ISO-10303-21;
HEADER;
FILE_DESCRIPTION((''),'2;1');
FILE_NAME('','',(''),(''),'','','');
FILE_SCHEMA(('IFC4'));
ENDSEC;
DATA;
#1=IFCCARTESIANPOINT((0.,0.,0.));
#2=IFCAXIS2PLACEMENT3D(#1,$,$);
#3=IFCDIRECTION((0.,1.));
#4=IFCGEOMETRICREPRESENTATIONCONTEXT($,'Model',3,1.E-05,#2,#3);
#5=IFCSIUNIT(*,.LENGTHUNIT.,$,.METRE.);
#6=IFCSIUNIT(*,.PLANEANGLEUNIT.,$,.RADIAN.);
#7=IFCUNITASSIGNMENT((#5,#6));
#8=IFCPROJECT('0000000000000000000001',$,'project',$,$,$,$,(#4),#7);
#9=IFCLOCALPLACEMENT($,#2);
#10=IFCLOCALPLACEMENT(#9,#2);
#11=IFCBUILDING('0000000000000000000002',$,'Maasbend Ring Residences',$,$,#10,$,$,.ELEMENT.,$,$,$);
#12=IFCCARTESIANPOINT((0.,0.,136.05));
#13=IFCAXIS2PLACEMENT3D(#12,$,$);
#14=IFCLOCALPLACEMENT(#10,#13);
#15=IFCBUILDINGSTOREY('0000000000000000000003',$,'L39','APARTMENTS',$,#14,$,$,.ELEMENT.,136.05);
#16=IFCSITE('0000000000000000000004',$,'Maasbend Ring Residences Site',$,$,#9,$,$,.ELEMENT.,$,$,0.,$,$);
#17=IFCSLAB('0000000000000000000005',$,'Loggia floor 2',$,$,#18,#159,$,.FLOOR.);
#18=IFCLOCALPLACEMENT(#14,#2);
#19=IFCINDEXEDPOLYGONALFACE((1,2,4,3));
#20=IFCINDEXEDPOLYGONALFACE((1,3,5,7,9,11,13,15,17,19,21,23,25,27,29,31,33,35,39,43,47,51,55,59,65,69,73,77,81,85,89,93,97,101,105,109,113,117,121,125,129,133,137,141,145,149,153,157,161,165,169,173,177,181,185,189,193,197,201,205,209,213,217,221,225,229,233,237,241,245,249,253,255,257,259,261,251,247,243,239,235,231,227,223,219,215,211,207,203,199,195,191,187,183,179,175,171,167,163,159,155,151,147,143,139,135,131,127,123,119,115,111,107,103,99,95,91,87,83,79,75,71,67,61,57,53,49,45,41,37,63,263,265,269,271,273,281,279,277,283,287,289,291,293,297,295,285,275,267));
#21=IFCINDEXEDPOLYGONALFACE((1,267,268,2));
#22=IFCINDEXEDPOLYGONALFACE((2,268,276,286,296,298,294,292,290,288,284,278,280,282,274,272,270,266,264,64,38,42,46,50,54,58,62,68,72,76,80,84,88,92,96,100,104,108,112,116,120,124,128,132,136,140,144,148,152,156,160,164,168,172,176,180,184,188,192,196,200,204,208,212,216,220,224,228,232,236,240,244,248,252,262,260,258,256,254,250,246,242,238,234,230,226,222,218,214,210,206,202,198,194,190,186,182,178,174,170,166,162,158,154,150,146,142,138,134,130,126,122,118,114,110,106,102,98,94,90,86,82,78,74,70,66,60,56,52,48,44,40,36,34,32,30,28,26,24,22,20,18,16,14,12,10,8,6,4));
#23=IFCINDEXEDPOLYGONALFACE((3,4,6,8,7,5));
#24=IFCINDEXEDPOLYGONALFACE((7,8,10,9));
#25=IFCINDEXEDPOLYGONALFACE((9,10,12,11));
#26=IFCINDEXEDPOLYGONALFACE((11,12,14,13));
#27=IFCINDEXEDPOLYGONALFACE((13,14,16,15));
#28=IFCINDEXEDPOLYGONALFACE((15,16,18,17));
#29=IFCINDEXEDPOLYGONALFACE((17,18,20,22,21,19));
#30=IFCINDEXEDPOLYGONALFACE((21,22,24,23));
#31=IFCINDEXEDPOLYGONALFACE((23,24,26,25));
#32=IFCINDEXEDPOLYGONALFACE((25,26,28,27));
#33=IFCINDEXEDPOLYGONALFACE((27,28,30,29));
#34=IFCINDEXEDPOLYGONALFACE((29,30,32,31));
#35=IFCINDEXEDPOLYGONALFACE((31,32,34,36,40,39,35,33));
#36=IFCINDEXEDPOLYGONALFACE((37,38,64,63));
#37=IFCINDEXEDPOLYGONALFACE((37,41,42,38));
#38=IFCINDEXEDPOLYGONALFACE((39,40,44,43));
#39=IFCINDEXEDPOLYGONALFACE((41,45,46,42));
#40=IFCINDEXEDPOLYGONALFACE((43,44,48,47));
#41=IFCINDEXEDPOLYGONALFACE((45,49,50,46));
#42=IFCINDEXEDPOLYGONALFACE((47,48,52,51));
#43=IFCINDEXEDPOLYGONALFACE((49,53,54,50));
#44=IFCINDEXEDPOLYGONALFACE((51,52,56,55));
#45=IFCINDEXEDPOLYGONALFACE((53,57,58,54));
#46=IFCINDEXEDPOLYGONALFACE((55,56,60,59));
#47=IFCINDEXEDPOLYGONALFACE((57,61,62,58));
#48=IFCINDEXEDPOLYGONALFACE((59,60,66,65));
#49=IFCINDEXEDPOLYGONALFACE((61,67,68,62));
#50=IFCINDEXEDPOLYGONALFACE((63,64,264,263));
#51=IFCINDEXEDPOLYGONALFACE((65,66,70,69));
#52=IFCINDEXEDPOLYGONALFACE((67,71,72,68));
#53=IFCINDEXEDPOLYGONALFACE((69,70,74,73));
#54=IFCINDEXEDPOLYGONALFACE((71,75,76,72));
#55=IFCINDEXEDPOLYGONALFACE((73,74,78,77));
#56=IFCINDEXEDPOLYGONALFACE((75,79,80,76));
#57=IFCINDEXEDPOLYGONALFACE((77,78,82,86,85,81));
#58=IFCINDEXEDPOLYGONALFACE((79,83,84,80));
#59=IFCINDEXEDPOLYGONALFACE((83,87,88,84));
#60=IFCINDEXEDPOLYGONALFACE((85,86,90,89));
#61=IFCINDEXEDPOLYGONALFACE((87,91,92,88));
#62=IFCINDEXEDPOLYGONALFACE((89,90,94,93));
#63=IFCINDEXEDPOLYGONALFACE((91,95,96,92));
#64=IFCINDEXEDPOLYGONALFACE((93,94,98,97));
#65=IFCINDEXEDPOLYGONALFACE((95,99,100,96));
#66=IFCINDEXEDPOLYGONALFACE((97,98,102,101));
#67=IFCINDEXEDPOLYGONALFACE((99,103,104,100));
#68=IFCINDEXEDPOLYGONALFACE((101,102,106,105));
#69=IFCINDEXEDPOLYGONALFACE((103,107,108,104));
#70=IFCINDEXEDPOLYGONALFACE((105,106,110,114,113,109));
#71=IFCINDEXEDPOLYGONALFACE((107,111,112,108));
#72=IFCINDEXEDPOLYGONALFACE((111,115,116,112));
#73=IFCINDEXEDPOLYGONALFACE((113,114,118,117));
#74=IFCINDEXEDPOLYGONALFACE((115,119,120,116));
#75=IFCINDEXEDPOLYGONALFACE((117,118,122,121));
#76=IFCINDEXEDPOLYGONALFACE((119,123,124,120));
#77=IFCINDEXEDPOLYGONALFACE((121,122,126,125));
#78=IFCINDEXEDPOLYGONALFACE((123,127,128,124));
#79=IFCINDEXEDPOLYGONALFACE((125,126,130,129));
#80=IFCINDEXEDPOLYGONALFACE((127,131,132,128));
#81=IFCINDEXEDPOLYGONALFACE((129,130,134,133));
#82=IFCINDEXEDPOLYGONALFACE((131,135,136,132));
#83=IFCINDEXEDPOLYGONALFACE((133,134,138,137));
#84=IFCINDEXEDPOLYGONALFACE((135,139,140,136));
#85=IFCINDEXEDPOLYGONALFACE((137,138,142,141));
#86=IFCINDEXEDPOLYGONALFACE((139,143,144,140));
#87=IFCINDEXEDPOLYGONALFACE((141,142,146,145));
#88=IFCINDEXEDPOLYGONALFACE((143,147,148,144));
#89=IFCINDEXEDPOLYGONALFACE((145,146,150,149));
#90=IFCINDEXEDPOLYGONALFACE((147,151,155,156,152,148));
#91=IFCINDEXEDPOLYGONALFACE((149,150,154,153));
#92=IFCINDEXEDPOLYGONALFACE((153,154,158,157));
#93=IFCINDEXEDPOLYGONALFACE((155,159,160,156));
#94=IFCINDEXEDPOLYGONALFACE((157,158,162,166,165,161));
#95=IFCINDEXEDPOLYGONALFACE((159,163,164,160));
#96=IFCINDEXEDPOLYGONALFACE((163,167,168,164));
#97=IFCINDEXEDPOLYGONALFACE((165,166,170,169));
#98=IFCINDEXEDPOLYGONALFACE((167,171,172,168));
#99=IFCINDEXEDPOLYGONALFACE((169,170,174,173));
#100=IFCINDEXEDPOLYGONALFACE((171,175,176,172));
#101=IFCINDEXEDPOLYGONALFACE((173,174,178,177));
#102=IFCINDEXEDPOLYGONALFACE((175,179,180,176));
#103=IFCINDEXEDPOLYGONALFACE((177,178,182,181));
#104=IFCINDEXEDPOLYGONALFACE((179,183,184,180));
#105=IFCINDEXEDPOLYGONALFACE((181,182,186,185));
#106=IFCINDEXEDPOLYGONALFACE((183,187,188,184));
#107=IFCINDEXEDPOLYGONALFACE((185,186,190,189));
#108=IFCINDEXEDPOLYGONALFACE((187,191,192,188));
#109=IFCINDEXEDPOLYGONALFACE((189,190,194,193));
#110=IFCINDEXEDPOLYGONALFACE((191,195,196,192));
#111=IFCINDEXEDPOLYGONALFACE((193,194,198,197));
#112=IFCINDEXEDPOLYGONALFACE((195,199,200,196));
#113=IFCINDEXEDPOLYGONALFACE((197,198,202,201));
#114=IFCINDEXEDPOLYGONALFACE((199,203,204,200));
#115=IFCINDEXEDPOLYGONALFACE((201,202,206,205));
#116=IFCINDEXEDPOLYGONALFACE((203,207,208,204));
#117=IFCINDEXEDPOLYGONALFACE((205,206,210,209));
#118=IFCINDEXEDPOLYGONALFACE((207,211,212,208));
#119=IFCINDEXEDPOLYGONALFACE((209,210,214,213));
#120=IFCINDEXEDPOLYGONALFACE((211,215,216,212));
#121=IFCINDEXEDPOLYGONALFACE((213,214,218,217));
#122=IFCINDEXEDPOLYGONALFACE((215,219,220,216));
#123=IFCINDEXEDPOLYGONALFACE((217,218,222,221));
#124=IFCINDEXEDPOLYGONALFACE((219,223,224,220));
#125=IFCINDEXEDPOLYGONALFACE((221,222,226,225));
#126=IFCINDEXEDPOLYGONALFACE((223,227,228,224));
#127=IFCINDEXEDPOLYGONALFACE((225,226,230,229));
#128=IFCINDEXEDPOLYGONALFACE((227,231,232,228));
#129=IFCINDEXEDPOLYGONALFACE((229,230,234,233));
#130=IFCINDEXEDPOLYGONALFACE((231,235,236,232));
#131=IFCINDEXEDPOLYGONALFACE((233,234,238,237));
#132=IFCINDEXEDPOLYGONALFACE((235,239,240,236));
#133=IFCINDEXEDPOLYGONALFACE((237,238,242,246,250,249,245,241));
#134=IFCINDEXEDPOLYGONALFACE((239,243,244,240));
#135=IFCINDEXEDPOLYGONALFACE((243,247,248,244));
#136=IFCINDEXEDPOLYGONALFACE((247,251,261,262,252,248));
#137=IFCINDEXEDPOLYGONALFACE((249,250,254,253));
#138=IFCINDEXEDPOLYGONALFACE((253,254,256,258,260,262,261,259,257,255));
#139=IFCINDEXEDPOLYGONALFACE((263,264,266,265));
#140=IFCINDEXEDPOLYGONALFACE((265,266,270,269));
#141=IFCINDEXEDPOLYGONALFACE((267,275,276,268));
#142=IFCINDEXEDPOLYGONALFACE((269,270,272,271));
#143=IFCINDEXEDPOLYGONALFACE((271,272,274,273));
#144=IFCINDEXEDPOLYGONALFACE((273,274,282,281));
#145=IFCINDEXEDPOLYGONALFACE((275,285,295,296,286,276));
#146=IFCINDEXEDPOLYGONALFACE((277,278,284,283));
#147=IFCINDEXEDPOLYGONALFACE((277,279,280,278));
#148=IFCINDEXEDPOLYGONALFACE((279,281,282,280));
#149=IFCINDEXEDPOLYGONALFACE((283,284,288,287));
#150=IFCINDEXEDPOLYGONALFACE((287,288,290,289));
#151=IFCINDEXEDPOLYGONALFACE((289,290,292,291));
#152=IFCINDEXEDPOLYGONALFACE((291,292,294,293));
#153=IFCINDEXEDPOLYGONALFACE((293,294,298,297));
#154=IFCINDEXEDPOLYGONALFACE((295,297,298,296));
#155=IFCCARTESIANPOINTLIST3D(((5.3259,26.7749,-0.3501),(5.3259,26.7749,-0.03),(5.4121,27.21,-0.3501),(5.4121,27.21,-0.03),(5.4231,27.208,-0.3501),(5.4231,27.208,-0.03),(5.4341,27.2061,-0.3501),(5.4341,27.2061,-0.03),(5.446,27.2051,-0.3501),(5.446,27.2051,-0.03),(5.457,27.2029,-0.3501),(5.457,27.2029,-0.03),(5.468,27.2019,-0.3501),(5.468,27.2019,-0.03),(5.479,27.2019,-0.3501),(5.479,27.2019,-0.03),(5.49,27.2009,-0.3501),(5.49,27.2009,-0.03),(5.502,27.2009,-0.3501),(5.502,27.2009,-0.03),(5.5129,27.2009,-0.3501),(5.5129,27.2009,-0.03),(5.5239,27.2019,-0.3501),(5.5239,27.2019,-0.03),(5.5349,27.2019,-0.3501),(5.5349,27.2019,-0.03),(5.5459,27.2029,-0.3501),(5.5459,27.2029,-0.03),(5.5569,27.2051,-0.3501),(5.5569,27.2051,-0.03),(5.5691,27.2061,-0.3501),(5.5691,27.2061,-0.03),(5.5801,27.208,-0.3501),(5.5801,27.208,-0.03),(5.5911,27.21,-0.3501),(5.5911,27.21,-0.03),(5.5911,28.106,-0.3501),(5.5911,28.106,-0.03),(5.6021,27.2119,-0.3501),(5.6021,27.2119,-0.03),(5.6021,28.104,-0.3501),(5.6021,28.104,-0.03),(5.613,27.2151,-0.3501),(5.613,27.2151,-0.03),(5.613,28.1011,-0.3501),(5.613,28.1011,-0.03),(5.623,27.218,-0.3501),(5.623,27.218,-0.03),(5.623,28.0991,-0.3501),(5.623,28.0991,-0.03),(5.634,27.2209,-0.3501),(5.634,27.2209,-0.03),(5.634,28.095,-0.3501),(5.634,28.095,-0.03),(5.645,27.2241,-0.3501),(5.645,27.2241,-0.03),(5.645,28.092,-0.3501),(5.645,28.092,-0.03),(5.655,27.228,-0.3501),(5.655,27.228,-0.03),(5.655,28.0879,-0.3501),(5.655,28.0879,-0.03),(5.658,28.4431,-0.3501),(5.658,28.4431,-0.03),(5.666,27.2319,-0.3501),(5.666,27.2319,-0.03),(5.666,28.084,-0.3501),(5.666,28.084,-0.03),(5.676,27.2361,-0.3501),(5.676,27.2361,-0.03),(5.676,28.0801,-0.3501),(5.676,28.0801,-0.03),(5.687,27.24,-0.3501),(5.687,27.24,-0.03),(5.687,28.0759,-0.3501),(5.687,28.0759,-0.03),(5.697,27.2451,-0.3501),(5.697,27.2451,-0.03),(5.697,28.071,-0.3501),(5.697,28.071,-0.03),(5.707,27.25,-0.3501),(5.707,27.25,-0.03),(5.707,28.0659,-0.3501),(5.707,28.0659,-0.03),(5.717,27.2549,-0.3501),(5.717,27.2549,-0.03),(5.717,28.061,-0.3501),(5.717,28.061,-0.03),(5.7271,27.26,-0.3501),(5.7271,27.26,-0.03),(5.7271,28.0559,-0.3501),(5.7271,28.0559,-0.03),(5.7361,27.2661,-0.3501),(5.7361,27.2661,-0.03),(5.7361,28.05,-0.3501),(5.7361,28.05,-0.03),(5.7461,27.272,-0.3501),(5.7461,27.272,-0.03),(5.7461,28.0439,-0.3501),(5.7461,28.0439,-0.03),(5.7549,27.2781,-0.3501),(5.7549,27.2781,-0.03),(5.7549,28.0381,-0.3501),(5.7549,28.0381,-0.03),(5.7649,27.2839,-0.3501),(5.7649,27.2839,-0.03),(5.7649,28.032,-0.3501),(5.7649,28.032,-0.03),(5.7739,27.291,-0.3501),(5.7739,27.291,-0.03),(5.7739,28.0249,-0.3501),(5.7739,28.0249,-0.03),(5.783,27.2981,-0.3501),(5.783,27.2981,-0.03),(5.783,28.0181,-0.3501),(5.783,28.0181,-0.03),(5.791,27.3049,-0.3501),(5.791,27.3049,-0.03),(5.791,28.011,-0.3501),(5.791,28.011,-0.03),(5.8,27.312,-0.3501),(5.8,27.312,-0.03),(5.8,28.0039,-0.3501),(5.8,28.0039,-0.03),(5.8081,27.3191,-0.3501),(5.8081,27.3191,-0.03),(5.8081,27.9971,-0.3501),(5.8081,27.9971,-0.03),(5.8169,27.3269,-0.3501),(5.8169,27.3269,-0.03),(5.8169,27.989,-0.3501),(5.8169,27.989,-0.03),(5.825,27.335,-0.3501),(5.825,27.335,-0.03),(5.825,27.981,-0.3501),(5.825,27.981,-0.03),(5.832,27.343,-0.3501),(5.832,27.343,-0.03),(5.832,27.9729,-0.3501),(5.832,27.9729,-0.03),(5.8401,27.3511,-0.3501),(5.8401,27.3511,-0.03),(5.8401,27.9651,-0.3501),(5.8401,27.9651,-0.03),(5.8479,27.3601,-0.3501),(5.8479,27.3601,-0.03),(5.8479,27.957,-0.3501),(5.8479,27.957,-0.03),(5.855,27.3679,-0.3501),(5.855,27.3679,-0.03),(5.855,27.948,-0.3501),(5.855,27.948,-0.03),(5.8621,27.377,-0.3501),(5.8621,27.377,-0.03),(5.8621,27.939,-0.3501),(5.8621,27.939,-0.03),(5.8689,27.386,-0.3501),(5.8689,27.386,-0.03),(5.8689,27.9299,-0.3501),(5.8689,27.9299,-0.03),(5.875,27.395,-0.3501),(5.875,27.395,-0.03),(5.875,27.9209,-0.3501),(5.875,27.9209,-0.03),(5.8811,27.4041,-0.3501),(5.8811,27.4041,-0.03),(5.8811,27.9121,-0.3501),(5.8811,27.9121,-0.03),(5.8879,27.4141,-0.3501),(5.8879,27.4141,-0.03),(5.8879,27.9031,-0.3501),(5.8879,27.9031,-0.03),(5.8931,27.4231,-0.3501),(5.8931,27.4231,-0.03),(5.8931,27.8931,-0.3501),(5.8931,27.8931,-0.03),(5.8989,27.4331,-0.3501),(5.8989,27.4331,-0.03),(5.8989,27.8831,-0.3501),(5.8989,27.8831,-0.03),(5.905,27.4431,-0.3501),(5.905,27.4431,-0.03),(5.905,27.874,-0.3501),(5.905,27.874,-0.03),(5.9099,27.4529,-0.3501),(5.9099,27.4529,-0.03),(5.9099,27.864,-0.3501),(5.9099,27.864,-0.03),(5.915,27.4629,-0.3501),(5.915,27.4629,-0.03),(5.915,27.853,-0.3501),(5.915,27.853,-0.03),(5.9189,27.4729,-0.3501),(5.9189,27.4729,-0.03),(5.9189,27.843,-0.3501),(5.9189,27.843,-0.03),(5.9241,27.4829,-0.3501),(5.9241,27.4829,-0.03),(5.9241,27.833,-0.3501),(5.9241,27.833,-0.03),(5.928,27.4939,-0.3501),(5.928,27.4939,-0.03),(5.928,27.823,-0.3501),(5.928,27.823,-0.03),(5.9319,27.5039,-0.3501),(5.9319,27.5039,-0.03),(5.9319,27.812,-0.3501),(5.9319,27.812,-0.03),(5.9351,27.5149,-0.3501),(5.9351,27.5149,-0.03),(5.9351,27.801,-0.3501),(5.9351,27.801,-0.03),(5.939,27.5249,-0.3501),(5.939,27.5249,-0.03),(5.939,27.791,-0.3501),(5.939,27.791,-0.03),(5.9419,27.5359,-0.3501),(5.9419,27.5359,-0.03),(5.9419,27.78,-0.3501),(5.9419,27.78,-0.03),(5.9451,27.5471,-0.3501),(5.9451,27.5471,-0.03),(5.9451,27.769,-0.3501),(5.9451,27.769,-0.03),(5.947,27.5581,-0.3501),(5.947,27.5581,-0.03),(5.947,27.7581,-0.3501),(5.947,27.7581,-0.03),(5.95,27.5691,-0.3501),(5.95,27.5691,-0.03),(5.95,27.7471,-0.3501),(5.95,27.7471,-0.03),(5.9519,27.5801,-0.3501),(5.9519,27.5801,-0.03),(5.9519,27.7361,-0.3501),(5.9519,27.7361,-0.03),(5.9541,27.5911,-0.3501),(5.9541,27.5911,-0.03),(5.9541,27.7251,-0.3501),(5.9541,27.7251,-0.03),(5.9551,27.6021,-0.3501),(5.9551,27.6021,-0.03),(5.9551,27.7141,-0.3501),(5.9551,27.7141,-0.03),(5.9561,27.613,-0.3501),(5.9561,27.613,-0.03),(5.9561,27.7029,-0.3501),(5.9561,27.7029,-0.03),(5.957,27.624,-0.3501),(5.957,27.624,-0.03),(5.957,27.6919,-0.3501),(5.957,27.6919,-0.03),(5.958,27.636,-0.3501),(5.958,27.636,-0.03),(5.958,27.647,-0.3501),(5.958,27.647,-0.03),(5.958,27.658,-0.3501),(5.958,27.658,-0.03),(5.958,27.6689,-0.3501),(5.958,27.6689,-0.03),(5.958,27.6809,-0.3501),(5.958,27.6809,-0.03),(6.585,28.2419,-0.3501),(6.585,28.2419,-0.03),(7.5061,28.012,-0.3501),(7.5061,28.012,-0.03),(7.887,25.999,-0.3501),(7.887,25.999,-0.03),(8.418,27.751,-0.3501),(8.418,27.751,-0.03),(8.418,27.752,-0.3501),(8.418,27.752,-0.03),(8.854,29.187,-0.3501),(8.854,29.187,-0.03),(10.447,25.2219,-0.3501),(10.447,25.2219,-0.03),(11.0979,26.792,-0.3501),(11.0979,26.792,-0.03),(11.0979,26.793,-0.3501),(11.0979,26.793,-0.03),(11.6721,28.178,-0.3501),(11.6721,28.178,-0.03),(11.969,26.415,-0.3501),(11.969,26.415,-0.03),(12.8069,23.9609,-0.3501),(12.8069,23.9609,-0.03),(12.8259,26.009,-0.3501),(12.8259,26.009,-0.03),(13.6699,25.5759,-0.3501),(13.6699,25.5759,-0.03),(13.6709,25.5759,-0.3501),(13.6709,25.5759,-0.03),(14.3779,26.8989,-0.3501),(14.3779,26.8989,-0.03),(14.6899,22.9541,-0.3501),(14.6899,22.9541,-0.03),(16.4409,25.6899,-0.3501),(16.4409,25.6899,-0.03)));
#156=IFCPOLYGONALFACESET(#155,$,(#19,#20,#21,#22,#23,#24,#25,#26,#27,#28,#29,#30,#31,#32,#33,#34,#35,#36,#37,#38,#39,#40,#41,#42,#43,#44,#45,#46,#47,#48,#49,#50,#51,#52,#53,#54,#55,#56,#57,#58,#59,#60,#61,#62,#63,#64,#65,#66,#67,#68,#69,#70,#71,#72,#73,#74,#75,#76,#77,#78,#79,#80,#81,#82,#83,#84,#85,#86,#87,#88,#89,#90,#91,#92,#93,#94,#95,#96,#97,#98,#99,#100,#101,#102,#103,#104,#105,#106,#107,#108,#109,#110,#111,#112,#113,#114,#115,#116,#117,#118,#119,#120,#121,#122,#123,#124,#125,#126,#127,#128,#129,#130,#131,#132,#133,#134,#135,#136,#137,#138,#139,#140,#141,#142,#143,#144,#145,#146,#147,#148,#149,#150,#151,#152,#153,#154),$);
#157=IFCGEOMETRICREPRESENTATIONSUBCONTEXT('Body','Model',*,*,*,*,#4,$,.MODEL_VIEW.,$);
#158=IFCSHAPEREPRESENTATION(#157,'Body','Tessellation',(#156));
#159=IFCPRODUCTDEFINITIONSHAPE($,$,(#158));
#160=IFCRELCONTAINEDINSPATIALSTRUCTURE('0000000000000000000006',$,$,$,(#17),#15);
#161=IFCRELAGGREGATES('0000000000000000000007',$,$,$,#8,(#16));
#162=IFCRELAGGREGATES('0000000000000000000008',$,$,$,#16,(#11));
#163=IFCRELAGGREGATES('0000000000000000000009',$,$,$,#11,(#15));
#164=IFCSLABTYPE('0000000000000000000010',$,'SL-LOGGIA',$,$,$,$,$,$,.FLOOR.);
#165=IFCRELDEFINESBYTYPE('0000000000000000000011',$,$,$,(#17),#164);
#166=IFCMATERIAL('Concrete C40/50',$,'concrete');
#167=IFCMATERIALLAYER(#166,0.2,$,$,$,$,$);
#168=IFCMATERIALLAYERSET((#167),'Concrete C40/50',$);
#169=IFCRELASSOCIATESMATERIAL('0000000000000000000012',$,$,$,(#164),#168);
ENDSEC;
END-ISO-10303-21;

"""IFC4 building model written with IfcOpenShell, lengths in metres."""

from ifc_helpers import new_model, si_unit, direction, frame, origin, place, context, subcontext, project, spatial, polyline, outline, extrude, material, layer, layer_set, type_object, element, save


model = new_model("IFC4")

# Units and contexts
model_context = context("Model", 3, precision=1e-05, world=origin(), true_north=direction((0.0, 1.0)))
body_context = subcontext(model_context, "Body", "Model", "MODEL_VIEW")
ifc_project = project(units=[si_unit("LENGTHUNIT", "METRE"), si_unit("PLANEANGLEUNIT", "RADIAN")], contexts=[model_context])

# Site, building, storey
site_placement = place(None, origin())
site = spatial("IfcSite", under=ifc_project, at=site_placement, Name="Maasbend Ring Residences Site", CompositionType="ELEMENT", RefElevation=0.0)
building_placement = place(site_placement, origin())
building = spatial("IfcBuilding", under=site, at=building_placement, Name="Maasbend Ring Residences", CompositionType="ELEMENT")
storey_placement = place(building_placement, frame((0.0, 0.0, 136.05)))
storey = spatial("IfcBuildingStorey", under=building, at=storey_placement, Name="L39", Description="APARTMENTS", CompositionType="ELEMENT", Elevation=136.05)

# Slab
ifc_material_1 = material(Name="Concrete C40/50", Category="concrete")
ifc_layer_1 = layer(ifc_material_1, 0.2)
ifc_layer_set_1 = layer_set([ifc_layer_1], Name="Concrete C40/50")
slab_type_1 = type_object("IfcSlabType", Name="SL-LOGGIA", PredefinedType="FLOOR", material=ifc_layer_set_1)
slab_1_placement = place(storey_placement, frame((0.0, 0.0, -0.3501)))
element("IfcSlab", 1, at=slab_1_placement, inside=storey, type_object=slab_type_1, Name="Loggia floor 2", PredefinedType="FLOOR", context=body_context, shape_type="SweptSolid", body=[
    extrude(outline(polyline([(5.446, 27.2051), (5.457, 27.2029), (5.468, 27.2019), (5.479, 27.2019), (5.49, 27.2009), (5.502, 27.2009), (5.5129, 27.2009), (5.5239, 27.2019), (5.5349, 27.2019), (5.5459, 27.2029), (5.5569, 27.2051), (5.5691, 27.2061), (5.5801, 27.208), (5.5911, 27.21), (5.6021, 27.2119), (5.613, 27.2151), (5.623, 27.218), (5.634, 27.2209), (5.645, 27.2241), (5.655, 27.228), (5.666, 27.2319), (5.676, 27.2361), (5.687, 27.24), (5.697, 27.2451), (5.707, 27.25), (5.717, 27.2549), (5.7271, 27.26), (5.7361, 27.2661), (5.7461, 27.272), (5.7549, 27.2781), (5.7649, 27.2839), (5.7739, 27.291), (5.783, 27.2981), (5.791, 27.3049), (5.8, 27.312), (5.8081, 27.3191), (5.8169, 27.3269), (5.825, 27.335), (5.832, 27.343), (5.8401, 27.3511), (5.8479, 27.3601), (5.855, 27.3679), (5.8621, 27.377), (5.8689, 27.386), (5.875, 27.395), (5.8811, 27.4041), (5.8879, 27.4141), (5.8931, 27.4231), (5.8989, 27.4331), (5.905, 27.4431), (5.9099, 27.4529), (5.915, 27.4629), (5.9189, 27.4729), (5.9241, 27.4829), (5.928, 27.4939), (5.9319, 27.5039), (5.9351, 27.5149), (5.939, 27.5249), (5.9419, 27.5359), (5.9451, 27.5471), (5.947, 27.5581), (5.95, 27.5691), (5.9519, 27.5801), (5.9541, 27.5911), (5.9551, 27.6021), (5.9561, 27.613), (5.957, 27.624), (5.958, 27.636), (5.958, 27.647), (5.958, 27.658), (5.958, 27.6689), (5.958, 27.6809), (5.957, 27.6919), (5.9561, 27.7029), (5.9551, 27.7141), (5.9541, 27.7251), (5.9519, 27.7361), (5.95, 27.7471), (5.947, 27.7581), (5.9451, 27.769), (5.9419, 27.78), (5.939, 27.791), (5.9351, 27.801), (5.9319, 27.812), (5.928, 27.823), (5.9241, 27.833), (5.9189, 27.843), (5.915, 27.853), (5.9099, 27.864), (5.905, 27.874), (5.8989, 27.8831), (5.8931, 27.8931), (5.8879, 27.9031), (5.8811, 27.9121), (5.875, 27.9209), (5.8689, 27.9299), (5.8621, 27.939), (5.855, 27.948), (5.8479, 27.957), (5.8401, 27.9651), (5.832, 27.9729), (5.825, 27.981), (5.8169, 27.989), (5.8081, 27.9971), (5.8, 28.0039), (5.791, 28.011), (5.783, 28.0181), (5.7739, 28.0249), (5.7649, 28.032), (5.7549, 28.0381), (5.7461, 28.0439), (5.7361, 28.05), (5.7271, 28.0559), (5.717, 28.061), (5.707, 28.0659), (5.697, 28.071), (5.687, 28.0759), (5.676, 28.0801), (5.666, 28.084), (5.655, 28.0879), (5.645, 28.092), (5.634, 28.095), (5.623, 28.0991), (5.613, 28.1011), (5.6021, 28.104), (5.5911, 28.106), (5.658, 28.4431), (5.658, 28.4431), (5.658, 28.4431), (6.585, 28.2419), (6.585, 28.2419), (7.5061, 28.012), (7.5061, 28.012), (8.418, 27.751), (8.418, 27.751), (8.418, 27.751), (8.418, 27.751), (8.418, 27.751), (8.418, 27.751), (8.418, 27.751), (8.418, 27.751), (8.418, 27.751), (8.418, 27.751), (8.418, 27.752), (8.418, 27.752), (8.418, 27.752), (8.418, 27.752), (8.418, 27.752), (8.418, 27.752), (8.418, 27.752), (8.854, 29.187), (8.854, 29.187), (8.854, 29.187), (11.6721, 28.178), (11.6721, 28.178), (11.6721, 28.178), (11.0979, 26.793), (11.0979, 26.793), (11.0979, 26.793), (11.0979, 26.793), (11.0979, 26.793), (11.0979, 26.793), (11.0979, 26.793), (11.0979, 26.793), (11.0979, 26.793), (11.0979, 26.793), (11.0979, 26.792), (11.0979, 26.792), (11.0979, 26.792), (11.0979, 26.792), (11.0979, 26.792), (11.0979, 26.792), (11.0979, 26.792), (11.969, 26.415), (11.969, 26.415), (12.8259, 26.009), (12.8259, 26.009), (13.6699, 25.5759), (13.6699, 25.5759), (13.6699, 25.5759), (13.6699, 25.5759), (13.6699, 25.5759), (13.6699, 25.5759), (13.6699, 25.5759), (13.6699, 25.5759), (13.6699, 25.5759), (13.6699, 25.5759), (13.6709, 25.5759), (13.6709, 25.5759), (13.6709, 25.5759), (13.6709, 25.5759), (13.6709, 25.5759), (13.6709, 25.5759), (13.6709, 25.5759), (14.3779, 26.8989), (14.3779, 26.8989), (14.3779, 26.8989), (16.4409, 25.6899), (16.4409, 25.6899), (16.4409, 25.6899), (14.6899, 22.9541), (14.6899, 22.9541), (14.6899, 22.9541), (12.8069, 23.9609), (10.447, 25.2219), (10.447, 25.2219), (10.447, 25.2219), (7.887, 25.999), (5.3259, 26.7749), (5.3259, 26.7749), (5.3259, 26.7749), (5.4121, 27.21), (5.4231, 27.208), (5.4341, 27.2061), (5.446, 27.2051)])), origin(), (0.0, 0.0, 1.0), 0.3201),
])

save(model, "model.ifc")
